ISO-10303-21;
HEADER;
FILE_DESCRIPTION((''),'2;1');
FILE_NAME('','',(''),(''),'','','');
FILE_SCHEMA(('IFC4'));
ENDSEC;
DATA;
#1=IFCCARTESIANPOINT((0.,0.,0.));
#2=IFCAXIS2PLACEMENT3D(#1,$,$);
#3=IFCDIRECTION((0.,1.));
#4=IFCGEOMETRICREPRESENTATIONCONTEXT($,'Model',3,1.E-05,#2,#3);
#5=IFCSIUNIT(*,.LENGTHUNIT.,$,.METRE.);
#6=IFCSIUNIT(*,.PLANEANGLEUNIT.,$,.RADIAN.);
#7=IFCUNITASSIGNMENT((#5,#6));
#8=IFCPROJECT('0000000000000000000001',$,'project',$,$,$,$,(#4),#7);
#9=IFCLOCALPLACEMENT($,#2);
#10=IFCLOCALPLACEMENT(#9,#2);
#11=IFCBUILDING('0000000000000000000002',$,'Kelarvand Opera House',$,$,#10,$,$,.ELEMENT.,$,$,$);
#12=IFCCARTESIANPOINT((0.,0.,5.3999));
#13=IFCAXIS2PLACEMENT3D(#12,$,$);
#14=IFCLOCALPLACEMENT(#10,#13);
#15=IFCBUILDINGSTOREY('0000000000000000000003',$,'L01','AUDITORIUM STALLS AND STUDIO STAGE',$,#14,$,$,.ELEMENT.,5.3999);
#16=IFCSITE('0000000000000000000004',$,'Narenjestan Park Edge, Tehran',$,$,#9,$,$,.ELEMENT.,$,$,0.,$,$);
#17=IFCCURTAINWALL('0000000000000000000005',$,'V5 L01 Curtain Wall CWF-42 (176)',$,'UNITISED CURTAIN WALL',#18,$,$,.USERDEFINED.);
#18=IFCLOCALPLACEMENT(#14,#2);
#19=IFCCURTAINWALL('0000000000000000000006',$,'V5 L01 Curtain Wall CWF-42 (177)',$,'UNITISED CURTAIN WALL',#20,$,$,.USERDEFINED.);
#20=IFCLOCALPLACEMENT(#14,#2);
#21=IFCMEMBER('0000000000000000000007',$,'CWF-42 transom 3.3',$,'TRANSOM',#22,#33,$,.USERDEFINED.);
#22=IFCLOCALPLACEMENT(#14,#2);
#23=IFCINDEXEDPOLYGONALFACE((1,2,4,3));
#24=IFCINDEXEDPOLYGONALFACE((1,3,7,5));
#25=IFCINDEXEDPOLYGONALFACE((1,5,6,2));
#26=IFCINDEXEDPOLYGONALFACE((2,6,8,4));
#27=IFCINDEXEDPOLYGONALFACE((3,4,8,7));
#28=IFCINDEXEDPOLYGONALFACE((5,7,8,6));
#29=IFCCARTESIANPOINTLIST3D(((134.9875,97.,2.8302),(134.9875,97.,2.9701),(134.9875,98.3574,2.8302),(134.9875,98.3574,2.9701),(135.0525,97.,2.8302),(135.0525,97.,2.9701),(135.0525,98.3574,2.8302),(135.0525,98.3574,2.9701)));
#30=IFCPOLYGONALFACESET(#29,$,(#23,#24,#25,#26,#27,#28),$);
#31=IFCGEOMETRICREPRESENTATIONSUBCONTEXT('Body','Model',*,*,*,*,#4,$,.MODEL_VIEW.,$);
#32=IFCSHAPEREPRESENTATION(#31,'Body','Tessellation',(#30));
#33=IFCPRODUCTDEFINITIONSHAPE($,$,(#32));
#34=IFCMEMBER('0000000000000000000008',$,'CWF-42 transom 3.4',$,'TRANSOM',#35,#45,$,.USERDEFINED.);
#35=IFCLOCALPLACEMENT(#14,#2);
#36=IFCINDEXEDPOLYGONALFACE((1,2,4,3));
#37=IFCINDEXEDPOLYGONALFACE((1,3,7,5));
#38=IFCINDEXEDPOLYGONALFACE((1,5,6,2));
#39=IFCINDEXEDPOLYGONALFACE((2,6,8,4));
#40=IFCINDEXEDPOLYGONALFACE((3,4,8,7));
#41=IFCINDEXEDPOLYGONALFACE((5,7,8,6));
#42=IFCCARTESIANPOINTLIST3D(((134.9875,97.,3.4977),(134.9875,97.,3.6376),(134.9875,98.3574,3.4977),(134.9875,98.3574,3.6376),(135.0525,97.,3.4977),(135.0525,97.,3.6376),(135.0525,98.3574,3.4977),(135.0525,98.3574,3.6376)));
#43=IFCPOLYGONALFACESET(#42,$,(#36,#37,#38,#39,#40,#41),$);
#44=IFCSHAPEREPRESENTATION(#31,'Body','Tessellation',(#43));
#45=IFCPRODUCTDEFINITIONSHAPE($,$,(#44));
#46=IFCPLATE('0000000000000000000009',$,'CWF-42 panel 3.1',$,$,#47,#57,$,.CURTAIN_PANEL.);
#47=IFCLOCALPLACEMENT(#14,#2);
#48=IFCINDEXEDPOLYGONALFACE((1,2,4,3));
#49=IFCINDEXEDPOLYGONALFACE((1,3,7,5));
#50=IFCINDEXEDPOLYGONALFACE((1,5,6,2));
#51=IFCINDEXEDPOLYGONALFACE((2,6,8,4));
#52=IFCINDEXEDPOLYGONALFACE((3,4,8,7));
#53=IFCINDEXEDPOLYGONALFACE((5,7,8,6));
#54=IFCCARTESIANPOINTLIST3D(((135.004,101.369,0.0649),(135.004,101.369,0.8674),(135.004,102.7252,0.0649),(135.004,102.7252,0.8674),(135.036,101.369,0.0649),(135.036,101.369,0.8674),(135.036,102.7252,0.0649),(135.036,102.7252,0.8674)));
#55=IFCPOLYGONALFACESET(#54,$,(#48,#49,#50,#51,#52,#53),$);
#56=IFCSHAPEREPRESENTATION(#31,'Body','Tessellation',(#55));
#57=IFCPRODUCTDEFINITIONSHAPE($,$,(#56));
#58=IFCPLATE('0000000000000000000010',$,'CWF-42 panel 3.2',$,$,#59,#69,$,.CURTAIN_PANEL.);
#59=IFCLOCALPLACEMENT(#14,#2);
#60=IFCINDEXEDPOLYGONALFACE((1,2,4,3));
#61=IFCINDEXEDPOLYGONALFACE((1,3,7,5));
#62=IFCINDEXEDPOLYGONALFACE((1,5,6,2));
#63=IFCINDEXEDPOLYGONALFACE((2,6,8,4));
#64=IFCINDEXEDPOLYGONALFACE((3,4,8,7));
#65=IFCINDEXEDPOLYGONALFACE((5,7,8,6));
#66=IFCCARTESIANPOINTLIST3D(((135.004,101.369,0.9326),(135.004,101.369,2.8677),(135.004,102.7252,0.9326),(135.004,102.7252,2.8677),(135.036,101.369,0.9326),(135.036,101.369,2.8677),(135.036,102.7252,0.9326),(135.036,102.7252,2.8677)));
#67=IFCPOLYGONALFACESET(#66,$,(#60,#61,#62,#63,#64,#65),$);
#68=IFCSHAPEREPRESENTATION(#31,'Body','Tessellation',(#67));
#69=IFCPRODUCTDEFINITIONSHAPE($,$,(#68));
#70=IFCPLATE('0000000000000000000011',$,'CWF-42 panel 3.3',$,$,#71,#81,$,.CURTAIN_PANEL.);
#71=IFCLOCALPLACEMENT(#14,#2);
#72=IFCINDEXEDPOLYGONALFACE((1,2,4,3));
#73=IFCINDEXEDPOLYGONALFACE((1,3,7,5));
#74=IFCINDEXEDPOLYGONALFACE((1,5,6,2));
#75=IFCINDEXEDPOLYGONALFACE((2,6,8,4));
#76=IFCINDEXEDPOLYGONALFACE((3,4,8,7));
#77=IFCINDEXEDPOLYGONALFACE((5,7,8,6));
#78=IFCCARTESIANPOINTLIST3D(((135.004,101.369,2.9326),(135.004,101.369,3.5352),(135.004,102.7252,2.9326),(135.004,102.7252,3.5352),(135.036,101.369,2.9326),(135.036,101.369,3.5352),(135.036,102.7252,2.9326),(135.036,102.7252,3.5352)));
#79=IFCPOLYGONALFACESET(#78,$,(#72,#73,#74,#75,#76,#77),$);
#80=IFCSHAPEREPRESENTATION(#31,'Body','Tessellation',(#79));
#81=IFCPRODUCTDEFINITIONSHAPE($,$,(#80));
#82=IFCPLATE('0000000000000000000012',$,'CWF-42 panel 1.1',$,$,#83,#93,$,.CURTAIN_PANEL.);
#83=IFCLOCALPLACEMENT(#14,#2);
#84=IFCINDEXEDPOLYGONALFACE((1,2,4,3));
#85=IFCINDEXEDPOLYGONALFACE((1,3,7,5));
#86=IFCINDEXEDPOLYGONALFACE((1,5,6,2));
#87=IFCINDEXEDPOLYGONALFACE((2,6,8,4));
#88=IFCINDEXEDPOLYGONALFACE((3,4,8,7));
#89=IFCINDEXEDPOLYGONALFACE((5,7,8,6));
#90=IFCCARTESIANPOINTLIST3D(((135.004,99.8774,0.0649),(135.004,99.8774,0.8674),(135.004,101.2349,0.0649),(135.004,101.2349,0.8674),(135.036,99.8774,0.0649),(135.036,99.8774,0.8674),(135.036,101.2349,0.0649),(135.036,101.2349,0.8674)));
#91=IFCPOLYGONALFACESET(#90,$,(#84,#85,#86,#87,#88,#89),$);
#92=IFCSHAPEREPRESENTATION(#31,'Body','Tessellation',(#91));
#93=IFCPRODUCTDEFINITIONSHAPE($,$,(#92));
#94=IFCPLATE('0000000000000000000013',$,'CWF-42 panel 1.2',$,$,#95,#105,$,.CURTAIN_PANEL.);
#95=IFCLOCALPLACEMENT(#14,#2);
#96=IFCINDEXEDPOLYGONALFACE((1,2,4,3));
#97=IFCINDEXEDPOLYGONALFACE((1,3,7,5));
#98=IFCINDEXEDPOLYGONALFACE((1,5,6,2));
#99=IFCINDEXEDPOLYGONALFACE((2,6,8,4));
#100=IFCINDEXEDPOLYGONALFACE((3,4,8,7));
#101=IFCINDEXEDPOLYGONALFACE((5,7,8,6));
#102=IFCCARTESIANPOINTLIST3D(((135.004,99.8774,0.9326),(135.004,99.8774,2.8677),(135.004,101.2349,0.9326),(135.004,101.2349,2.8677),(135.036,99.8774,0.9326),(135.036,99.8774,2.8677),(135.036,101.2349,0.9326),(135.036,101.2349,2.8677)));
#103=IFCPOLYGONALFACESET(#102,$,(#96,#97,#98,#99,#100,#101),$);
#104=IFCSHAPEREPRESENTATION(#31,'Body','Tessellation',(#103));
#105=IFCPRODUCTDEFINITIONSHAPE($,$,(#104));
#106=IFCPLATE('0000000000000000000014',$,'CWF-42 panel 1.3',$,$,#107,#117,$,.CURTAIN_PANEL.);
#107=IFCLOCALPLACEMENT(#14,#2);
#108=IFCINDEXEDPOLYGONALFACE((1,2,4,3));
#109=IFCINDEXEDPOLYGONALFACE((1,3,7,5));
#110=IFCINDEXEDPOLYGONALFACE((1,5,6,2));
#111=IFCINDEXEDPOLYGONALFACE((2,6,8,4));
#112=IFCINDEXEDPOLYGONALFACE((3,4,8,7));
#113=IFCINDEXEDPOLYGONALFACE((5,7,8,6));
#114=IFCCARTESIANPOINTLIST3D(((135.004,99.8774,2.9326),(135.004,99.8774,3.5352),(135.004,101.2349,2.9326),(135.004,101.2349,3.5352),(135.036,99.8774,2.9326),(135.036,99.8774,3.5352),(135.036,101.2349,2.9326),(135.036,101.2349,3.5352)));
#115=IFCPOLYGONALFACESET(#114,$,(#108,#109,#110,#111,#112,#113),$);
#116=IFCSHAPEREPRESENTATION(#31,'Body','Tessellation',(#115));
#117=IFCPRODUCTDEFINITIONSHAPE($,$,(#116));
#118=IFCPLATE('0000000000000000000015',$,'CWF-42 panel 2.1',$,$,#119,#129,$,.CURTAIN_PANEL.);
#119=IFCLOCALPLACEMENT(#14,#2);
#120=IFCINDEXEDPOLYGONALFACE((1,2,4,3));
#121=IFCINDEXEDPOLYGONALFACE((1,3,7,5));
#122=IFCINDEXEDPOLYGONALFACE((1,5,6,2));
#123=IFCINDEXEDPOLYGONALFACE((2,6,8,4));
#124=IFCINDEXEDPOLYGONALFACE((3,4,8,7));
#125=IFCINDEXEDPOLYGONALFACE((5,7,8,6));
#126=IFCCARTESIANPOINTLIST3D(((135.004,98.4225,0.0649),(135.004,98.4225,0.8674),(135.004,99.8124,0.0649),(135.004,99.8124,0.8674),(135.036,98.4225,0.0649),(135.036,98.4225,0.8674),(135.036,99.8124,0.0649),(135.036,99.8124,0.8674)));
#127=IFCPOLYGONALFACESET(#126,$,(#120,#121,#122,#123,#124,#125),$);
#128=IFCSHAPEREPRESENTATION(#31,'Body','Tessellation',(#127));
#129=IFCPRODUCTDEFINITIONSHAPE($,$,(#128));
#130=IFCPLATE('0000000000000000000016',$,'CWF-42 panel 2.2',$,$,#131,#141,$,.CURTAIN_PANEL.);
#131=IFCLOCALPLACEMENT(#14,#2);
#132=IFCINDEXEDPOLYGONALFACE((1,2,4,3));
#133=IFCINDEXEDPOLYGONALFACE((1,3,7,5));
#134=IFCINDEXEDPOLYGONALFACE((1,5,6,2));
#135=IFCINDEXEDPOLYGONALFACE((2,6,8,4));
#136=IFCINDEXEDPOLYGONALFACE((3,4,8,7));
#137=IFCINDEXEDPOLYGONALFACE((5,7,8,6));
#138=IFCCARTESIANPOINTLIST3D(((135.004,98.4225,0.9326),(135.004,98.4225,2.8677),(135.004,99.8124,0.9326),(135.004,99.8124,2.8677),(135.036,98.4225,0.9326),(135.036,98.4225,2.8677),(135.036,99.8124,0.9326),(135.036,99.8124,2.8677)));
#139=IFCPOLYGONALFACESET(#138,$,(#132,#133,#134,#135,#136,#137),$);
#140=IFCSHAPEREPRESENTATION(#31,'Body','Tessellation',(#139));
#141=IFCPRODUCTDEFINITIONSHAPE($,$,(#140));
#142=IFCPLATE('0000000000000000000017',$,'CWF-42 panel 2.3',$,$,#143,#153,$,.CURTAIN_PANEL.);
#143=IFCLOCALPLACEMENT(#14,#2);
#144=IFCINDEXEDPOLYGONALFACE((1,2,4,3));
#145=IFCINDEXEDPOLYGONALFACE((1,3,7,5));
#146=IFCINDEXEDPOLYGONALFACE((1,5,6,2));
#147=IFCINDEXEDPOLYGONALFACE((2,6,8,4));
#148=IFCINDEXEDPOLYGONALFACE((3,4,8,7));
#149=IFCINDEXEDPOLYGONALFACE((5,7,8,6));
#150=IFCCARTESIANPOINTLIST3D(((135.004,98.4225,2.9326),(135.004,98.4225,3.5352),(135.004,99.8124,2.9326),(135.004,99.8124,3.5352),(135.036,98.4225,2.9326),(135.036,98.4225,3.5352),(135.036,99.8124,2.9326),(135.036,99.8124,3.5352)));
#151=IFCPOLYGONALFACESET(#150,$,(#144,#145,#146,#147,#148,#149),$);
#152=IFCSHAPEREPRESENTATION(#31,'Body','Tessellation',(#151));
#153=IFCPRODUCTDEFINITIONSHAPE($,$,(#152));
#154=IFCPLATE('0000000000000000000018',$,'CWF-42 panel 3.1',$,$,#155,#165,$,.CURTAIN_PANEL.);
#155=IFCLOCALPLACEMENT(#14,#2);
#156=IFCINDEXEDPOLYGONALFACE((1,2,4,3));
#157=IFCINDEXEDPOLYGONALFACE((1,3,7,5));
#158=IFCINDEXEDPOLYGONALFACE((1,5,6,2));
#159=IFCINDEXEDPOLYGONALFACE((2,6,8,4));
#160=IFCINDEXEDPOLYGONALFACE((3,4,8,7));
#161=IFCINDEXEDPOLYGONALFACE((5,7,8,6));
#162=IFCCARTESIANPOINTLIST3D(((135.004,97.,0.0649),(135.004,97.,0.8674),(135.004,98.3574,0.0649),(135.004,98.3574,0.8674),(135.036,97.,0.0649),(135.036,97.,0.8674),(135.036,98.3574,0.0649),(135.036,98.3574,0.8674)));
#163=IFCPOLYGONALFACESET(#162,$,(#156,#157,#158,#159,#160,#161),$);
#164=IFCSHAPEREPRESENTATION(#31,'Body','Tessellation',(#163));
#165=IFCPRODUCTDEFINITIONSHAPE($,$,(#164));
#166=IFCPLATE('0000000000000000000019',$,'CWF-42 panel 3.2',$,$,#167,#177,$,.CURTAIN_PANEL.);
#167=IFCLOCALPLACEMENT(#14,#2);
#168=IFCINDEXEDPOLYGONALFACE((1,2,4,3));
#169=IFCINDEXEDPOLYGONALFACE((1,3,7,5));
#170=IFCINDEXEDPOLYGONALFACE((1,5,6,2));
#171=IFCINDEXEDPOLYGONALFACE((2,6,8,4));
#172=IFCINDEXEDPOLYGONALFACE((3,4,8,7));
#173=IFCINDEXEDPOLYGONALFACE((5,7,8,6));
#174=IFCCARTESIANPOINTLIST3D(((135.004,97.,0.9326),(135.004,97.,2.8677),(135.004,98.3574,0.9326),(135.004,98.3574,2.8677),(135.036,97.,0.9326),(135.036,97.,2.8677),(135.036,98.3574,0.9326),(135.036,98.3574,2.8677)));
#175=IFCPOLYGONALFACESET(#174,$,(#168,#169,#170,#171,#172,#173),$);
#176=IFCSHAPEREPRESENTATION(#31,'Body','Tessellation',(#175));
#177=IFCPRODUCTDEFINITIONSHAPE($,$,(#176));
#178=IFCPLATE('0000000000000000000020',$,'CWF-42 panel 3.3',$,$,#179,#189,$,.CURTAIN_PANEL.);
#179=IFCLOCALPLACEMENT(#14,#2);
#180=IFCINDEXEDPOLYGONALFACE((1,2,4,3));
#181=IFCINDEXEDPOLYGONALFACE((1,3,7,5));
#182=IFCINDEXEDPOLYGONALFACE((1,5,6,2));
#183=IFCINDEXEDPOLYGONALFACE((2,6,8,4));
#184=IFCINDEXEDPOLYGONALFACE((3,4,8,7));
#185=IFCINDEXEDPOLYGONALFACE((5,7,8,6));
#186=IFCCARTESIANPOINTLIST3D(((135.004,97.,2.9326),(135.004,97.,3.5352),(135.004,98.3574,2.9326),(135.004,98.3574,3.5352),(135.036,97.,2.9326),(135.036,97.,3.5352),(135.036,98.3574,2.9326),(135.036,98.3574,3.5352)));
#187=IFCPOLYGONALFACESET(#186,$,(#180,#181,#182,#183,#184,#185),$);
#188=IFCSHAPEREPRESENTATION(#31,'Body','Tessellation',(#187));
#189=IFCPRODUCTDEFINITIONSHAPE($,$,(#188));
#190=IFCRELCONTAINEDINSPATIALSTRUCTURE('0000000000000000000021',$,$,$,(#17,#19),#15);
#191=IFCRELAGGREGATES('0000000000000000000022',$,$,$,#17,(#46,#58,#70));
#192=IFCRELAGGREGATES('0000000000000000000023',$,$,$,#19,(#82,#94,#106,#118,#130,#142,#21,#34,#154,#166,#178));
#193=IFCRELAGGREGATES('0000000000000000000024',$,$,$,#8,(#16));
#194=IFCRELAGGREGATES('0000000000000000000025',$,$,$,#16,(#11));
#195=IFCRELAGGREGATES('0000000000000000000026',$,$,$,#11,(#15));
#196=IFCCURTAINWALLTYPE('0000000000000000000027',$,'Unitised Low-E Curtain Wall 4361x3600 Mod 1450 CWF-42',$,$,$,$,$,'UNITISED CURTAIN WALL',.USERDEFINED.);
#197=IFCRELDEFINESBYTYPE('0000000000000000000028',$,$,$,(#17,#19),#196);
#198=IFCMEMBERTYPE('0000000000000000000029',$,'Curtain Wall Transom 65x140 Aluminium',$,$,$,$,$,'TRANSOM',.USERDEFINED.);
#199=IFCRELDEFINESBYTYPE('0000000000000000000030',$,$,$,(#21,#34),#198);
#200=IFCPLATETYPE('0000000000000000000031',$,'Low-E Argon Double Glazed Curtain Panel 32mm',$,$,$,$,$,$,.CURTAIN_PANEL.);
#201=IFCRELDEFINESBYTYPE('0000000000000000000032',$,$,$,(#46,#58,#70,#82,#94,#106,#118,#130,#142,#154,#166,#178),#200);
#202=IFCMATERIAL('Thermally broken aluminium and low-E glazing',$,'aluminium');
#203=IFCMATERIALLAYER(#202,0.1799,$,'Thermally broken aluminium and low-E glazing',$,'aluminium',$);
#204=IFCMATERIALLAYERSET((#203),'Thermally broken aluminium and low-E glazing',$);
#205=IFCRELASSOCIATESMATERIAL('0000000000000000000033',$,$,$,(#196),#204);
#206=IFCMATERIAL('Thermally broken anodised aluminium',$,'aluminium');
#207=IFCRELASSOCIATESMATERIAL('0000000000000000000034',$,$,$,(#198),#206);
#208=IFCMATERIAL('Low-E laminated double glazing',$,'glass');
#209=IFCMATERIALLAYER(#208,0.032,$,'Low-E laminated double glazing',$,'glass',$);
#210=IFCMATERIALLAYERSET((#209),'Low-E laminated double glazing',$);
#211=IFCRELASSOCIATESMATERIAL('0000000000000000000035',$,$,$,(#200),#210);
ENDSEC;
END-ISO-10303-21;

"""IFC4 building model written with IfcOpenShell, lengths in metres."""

from ifc_helpers import new_model, si_unit, direction, frame, origin, origin_2d, place, context, subcontext, project, spatial, rectangle, extrude, material, layer, layer_set, material_profile, profile_set, type_object, element, aggregate, save


model = new_model("IFC4")

# Units and contexts
model_context = context("Model", 3, precision=1e-05, world=origin(), true_north=direction((0.0, 1.0)))
body_context = subcontext(model_context, "Body", "Model", "MODEL_VIEW")
ifc_project = project(units=[si_unit("LENGTHUNIT", "METRE"), si_unit("PLANEANGLEUNIT", "RADIAN")], contexts=[model_context])

# Site, building, storey
site_placement = place(None, origin())
site = spatial("IfcSite", under=ifc_project, at=site_placement, Name="Narenjestan Park Edge, Tehran", CompositionType="ELEMENT", RefElevation=0.0)
building_placement = place(site_placement, origin())
building = spatial("IfcBuilding", under=site, at=building_placement, Name="Kelarvand Opera House", CompositionType="ELEMENT")
storey_placement = place(building_placement, frame((0.0, 0.0, 5.3999)))
storey = spatial("IfcBuildingStorey", under=building, at=storey_placement, Name="L01", Description="AUDITORIUM STALLS AND STUDIO STAGE", CompositionType="ELEMENT", Elevation=5.3999)

# Curtain wall
ifc_material_1 = material(Name="Thermally broken aluminium and low-E glazing", Category="aluminium")
ifc_layer_1 = layer(ifc_material_1, 0.1799, Name="Thermally broken aluminium and low-E glazing", Category="aluminium")
ifc_layer_set_1 = layer_set([ifc_layer_1], Name="Thermally broken aluminium and low-E glazing")
curtain_wall_type = type_object("IfcCurtainWallType", Name="Unitised Low-E Curtain Wall 4361x3600 Mod 1450 CWF-42", ElementType="UNITISED CURTAIN WALL", PredefinedType="USERDEFINED", material=ifc_layer_set_1)
curtain_wall_1_placement = place(storey_placement, origin())
curtain_wall_1 = element("IfcCurtainWall", 1, at=curtain_wall_1_placement, inside=storey, type_object=curtain_wall_type, Name="V5 L01 Curtain Wall CWF-42 (176)", ObjectType="UNITISED CURTAIN WALL", PredefinedType="USERDEFINED")
ifc_material_2 = material(Name="Thermally broken anodised aluminium", Category="aluminium")

# Curtain wall
curtain_wall_2_placement = place(storey_placement, origin())
curtain_wall_2 = element("IfcCurtainWall", 2, at=curtain_wall_2_placement, inside=storey, type_object=curtain_wall_type, Name="V5 L01 Curtain Wall CWF-42 (177)", ObjectType="UNITISED CURTAIN WALL", PredefinedType="USERDEFINED")

# Members
ifc_material_profile_1 = material_profile(ifc_material_2, rectangle(XDim=0.0649, YDim=0.1399, at=origin_2d()), Name="ALU TRANSOM 65x140", Category="aluminium")
ifc_profile_set_1 = profile_set([ifc_material_profile_1], Name="Thermally broken anodised aluminium")
member_type_1 = type_object("IfcMemberType", Name="Curtain Wall Transom 65x140 Aluminium", ElementType="TRANSOM", PredefinedType="USERDEFINED", material=ifc_profile_set_1)
member_1_placement = place(storey_placement, frame((135.02, 98.3574, 2.9001), z_axis=(0.0, -1.0, 0.0), x_axis=(1.0, 0.0, 0.0)))
member_1 = element("IfcMember", 3, at=member_1_placement, type_object=member_type_1, Name="CWF-42 transom 3.3", ObjectType="TRANSOM", PredefinedType="USERDEFINED", context=body_context, shape_type="SweptSolid", body=[
    extrude(rectangle(XDim=0.0649, YDim=0.1399, at=origin_2d()), origin(), (0.0, 0.0, 1.0), 1.3574),
])
member_2_placement = place(storey_placement, frame((135.02, 98.3574, 3.5676), z_axis=(0.0, -1.0, 0.0), x_axis=(1.0, 0.0, 0.0)))
member_2 = element("IfcMember", 4, at=member_2_placement, type_object=member_type_1, Name="CWF-42 transom 3.4", ObjectType="TRANSOM", PredefinedType="USERDEFINED", context=body_context, shape_type="SweptSolid", body=[
    extrude(rectangle(XDim=0.0649, YDim=0.1399, at=origin_2d()), origin(), (0.0, 0.0, 1.0), 1.3574),
])

# Plates
ifc_material_3 = material(Name="Low-E laminated double glazing", Category="glass")
ifc_layer_2 = layer(ifc_material_3, 0.032, Name="Low-E laminated double glazing", Category="glass")
ifc_layer_set_2 = layer_set([ifc_layer_2], Name="Low-E laminated double glazing")
plate_type = type_object("IfcPlateType", Name="Low-E Argon Double Glazed Curtain Panel 32mm", PredefinedType="CURTAIN_PANEL", material=ifc_layer_set_2)
plate_1_placement = place(storey_placement, frame((135.02, 102.0471, 0.0649), z_axis=(0.0, 0.0, 1.0), x_axis=(0.0, -1.0, 0.0)))
plate_1 = element("IfcPlate", 5, at=plate_1_placement, type_object=plate_type, Name="CWF-42 panel 3.1", PredefinedType="CURTAIN_PANEL", context=body_context, shape_type="SweptSolid", body=[
    extrude(rectangle(XDim=1.3562, YDim=0.032, at=origin_2d()), origin(), (0.0, 0.0, 1.0), 0.8025),
])
plate_2_placement = place(storey_placement, frame((135.02, 102.0471, 0.9326), z_axis=(0.0, 0.0, 1.0), x_axis=(0.0, -1.0, 0.0)))
plate_2 = element("IfcPlate", 6, at=plate_2_placement, type_object=plate_type, Name="CWF-42 panel 3.2", PredefinedType="CURTAIN_PANEL", context=body_context, shape_type="SweptSolid", body=[
    extrude(rectangle(XDim=1.3562, YDim=0.032, at=origin_2d()), origin(), (0.0, 0.0, 1.0), 1.9351),
])
plate_3_placement = place(storey_placement, frame((135.02, 102.0471, 2.9326), z_axis=(0.0, 0.0, 1.0), x_axis=(0.0, -1.0, 0.0)))
plate_3 = element("IfcPlate", 7, at=plate_3_placement, type_object=plate_type, Name="CWF-42 panel 3.3", PredefinedType="CURTAIN_PANEL", context=body_context, shape_type="SweptSolid", body=[
    extrude(rectangle(XDim=1.3562, YDim=0.032, at=origin_2d()), origin(), (0.0, 0.0, 1.0), 0.6025),
])
aggregate(curtain_wall_1, [plate_1, plate_2, plate_3])
plate_4_placement = place(storey_placement, frame((135.02, 100.5562, 0.0649), z_axis=(0.0, 0.0, 1.0), x_axis=(0.0, -1.0, 0.0)))
plate_4 = element("IfcPlate", 8, at=plate_4_placement, type_object=plate_type, Name="CWF-42 panel 1.1", PredefinedType="CURTAIN_PANEL", context=body_context, shape_type="SweptSolid", body=[
    extrude(rectangle(XDim=1.3574, YDim=0.032, at=origin_2d()), origin(), (0.0, 0.0, 1.0), 0.8025),
])
plate_5_placement = place(storey_placement, frame((135.02, 100.5562, 0.9326), z_axis=(0.0, 0.0, 1.0), x_axis=(0.0, -1.0, 0.0)))
plate_5 = element("IfcPlate", 9, at=plate_5_placement, type_object=plate_type, Name="CWF-42 panel 1.2", PredefinedType="CURTAIN_PANEL", context=body_context, shape_type="SweptSolid", body=[
    extrude(rectangle(XDim=1.3574, YDim=0.032, at=origin_2d()), origin(), (0.0, 0.0, 1.0), 1.9351),
])
plate_6_placement = place(storey_placement, frame((135.02, 100.5562, 2.9326), z_axis=(0.0, 0.0, 1.0), x_axis=(0.0, -1.0, 0.0)))
plate_6 = element("IfcPlate", 10, at=plate_6_placement, type_object=plate_type, Name="CWF-42 panel 1.3", PredefinedType="CURTAIN_PANEL", context=body_context, shape_type="SweptSolid", body=[
    extrude(rectangle(XDim=1.3574, YDim=0.032, at=origin_2d()), origin(), (0.0, 0.0, 1.0), 0.6025),
])
plate_7_placement = place(storey_placement, frame((135.02, 99.1174, 0.0649), z_axis=(0.0, 0.0, 1.0), x_axis=(0.0, -1.0, 0.0)))
plate_7 = element("IfcPlate", 11, at=plate_7_placement, type_object=plate_type, Name="CWF-42 panel 2.1", PredefinedType="CURTAIN_PANEL", context=body_context, shape_type="SweptSolid", body=[
    extrude(rectangle(XDim=1.3899, YDim=0.032, at=origin_2d()), origin(), (0.0, 0.0, 1.0), 0.8025),
])
plate_8_placement = place(storey_placement, frame((135.02, 99.1174, 0.9326), z_axis=(0.0, 0.0, 1.0), x_axis=(0.0, -1.0, 0.0)))
plate_8 = element("IfcPlate", 12, at=plate_8_placement, type_object=plate_type, Name="CWF-42 panel 2.2", PredefinedType="CURTAIN_PANEL", context=body_context, shape_type="SweptSolid", body=[
    extrude(rectangle(XDim=1.3899, YDim=0.032, at=origin_2d()), origin(), (0.0, 0.0, 1.0), 1.9351),
])
plate_9_placement = place(storey_placement, frame((135.02, 99.1174, 2.9326), z_axis=(0.0, 0.0, 1.0), x_axis=(0.0, -1.0, 0.0)))
plate_9 = element("IfcPlate", 13, at=plate_9_placement, type_object=plate_type, Name="CWF-42 panel 2.3", PredefinedType="CURTAIN_PANEL", context=body_context, shape_type="SweptSolid", body=[
    extrude(rectangle(XDim=1.3899, YDim=0.032, at=origin_2d()), origin(), (0.0, 0.0, 1.0), 0.6025),
])
plate_10_placement = place(storey_placement, frame((135.02, 97.6787, 0.0649), z_axis=(0.0, 0.0, 1.0), x_axis=(0.0, -1.0, 0.0)))
plate_10 = element("IfcPlate", 14, at=plate_10_placement, type_object=plate_type, Name="CWF-42 panel 3.1", PredefinedType="CURTAIN_PANEL", context=body_context, shape_type="SweptSolid", body=[
    extrude(rectangle(XDim=1.3574, YDim=0.032, at=origin_2d()), origin(), (0.0, 0.0, 1.0), 0.8025),
])
plate_11_placement = place(storey_placement, frame((135.02, 97.6787, 0.9326), z_axis=(0.0, 0.0, 1.0), x_axis=(0.0, -1.0, 0.0)))
plate_11 = element("IfcPlate", 15, at=plate_11_placement, type_object=plate_type, Name="CWF-42 panel 3.2", PredefinedType="CURTAIN_PANEL", context=body_context, shape_type="SweptSolid", body=[
    extrude(rectangle(XDim=1.3574, YDim=0.032, at=origin_2d()), origin(), (0.0, 0.0, 1.0), 1.9351),
])
plate_12_placement = place(storey_placement, frame((135.02, 97.6787, 2.9326), z_axis=(0.0, 0.0, 1.0), x_axis=(0.0, -1.0, 0.0)))
plate_12 = element("IfcPlate", 16, at=plate_12_placement, type_object=plate_type, Name="CWF-42 panel 3.3", PredefinedType="CURTAIN_PANEL", context=body_context, shape_type="SweptSolid", body=[
    extrude(rectangle(XDim=1.3574, YDim=0.032, at=origin_2d()), origin(), (0.0, 0.0, 1.0), 0.6025),
])
aggregate(curtain_wall_2, [plate_4, plate_5, plate_6, plate_7, plate_8, plate_9, member_1, member_2, plate_10, plate_11, plate_12])

save(model, "model.ifc")
